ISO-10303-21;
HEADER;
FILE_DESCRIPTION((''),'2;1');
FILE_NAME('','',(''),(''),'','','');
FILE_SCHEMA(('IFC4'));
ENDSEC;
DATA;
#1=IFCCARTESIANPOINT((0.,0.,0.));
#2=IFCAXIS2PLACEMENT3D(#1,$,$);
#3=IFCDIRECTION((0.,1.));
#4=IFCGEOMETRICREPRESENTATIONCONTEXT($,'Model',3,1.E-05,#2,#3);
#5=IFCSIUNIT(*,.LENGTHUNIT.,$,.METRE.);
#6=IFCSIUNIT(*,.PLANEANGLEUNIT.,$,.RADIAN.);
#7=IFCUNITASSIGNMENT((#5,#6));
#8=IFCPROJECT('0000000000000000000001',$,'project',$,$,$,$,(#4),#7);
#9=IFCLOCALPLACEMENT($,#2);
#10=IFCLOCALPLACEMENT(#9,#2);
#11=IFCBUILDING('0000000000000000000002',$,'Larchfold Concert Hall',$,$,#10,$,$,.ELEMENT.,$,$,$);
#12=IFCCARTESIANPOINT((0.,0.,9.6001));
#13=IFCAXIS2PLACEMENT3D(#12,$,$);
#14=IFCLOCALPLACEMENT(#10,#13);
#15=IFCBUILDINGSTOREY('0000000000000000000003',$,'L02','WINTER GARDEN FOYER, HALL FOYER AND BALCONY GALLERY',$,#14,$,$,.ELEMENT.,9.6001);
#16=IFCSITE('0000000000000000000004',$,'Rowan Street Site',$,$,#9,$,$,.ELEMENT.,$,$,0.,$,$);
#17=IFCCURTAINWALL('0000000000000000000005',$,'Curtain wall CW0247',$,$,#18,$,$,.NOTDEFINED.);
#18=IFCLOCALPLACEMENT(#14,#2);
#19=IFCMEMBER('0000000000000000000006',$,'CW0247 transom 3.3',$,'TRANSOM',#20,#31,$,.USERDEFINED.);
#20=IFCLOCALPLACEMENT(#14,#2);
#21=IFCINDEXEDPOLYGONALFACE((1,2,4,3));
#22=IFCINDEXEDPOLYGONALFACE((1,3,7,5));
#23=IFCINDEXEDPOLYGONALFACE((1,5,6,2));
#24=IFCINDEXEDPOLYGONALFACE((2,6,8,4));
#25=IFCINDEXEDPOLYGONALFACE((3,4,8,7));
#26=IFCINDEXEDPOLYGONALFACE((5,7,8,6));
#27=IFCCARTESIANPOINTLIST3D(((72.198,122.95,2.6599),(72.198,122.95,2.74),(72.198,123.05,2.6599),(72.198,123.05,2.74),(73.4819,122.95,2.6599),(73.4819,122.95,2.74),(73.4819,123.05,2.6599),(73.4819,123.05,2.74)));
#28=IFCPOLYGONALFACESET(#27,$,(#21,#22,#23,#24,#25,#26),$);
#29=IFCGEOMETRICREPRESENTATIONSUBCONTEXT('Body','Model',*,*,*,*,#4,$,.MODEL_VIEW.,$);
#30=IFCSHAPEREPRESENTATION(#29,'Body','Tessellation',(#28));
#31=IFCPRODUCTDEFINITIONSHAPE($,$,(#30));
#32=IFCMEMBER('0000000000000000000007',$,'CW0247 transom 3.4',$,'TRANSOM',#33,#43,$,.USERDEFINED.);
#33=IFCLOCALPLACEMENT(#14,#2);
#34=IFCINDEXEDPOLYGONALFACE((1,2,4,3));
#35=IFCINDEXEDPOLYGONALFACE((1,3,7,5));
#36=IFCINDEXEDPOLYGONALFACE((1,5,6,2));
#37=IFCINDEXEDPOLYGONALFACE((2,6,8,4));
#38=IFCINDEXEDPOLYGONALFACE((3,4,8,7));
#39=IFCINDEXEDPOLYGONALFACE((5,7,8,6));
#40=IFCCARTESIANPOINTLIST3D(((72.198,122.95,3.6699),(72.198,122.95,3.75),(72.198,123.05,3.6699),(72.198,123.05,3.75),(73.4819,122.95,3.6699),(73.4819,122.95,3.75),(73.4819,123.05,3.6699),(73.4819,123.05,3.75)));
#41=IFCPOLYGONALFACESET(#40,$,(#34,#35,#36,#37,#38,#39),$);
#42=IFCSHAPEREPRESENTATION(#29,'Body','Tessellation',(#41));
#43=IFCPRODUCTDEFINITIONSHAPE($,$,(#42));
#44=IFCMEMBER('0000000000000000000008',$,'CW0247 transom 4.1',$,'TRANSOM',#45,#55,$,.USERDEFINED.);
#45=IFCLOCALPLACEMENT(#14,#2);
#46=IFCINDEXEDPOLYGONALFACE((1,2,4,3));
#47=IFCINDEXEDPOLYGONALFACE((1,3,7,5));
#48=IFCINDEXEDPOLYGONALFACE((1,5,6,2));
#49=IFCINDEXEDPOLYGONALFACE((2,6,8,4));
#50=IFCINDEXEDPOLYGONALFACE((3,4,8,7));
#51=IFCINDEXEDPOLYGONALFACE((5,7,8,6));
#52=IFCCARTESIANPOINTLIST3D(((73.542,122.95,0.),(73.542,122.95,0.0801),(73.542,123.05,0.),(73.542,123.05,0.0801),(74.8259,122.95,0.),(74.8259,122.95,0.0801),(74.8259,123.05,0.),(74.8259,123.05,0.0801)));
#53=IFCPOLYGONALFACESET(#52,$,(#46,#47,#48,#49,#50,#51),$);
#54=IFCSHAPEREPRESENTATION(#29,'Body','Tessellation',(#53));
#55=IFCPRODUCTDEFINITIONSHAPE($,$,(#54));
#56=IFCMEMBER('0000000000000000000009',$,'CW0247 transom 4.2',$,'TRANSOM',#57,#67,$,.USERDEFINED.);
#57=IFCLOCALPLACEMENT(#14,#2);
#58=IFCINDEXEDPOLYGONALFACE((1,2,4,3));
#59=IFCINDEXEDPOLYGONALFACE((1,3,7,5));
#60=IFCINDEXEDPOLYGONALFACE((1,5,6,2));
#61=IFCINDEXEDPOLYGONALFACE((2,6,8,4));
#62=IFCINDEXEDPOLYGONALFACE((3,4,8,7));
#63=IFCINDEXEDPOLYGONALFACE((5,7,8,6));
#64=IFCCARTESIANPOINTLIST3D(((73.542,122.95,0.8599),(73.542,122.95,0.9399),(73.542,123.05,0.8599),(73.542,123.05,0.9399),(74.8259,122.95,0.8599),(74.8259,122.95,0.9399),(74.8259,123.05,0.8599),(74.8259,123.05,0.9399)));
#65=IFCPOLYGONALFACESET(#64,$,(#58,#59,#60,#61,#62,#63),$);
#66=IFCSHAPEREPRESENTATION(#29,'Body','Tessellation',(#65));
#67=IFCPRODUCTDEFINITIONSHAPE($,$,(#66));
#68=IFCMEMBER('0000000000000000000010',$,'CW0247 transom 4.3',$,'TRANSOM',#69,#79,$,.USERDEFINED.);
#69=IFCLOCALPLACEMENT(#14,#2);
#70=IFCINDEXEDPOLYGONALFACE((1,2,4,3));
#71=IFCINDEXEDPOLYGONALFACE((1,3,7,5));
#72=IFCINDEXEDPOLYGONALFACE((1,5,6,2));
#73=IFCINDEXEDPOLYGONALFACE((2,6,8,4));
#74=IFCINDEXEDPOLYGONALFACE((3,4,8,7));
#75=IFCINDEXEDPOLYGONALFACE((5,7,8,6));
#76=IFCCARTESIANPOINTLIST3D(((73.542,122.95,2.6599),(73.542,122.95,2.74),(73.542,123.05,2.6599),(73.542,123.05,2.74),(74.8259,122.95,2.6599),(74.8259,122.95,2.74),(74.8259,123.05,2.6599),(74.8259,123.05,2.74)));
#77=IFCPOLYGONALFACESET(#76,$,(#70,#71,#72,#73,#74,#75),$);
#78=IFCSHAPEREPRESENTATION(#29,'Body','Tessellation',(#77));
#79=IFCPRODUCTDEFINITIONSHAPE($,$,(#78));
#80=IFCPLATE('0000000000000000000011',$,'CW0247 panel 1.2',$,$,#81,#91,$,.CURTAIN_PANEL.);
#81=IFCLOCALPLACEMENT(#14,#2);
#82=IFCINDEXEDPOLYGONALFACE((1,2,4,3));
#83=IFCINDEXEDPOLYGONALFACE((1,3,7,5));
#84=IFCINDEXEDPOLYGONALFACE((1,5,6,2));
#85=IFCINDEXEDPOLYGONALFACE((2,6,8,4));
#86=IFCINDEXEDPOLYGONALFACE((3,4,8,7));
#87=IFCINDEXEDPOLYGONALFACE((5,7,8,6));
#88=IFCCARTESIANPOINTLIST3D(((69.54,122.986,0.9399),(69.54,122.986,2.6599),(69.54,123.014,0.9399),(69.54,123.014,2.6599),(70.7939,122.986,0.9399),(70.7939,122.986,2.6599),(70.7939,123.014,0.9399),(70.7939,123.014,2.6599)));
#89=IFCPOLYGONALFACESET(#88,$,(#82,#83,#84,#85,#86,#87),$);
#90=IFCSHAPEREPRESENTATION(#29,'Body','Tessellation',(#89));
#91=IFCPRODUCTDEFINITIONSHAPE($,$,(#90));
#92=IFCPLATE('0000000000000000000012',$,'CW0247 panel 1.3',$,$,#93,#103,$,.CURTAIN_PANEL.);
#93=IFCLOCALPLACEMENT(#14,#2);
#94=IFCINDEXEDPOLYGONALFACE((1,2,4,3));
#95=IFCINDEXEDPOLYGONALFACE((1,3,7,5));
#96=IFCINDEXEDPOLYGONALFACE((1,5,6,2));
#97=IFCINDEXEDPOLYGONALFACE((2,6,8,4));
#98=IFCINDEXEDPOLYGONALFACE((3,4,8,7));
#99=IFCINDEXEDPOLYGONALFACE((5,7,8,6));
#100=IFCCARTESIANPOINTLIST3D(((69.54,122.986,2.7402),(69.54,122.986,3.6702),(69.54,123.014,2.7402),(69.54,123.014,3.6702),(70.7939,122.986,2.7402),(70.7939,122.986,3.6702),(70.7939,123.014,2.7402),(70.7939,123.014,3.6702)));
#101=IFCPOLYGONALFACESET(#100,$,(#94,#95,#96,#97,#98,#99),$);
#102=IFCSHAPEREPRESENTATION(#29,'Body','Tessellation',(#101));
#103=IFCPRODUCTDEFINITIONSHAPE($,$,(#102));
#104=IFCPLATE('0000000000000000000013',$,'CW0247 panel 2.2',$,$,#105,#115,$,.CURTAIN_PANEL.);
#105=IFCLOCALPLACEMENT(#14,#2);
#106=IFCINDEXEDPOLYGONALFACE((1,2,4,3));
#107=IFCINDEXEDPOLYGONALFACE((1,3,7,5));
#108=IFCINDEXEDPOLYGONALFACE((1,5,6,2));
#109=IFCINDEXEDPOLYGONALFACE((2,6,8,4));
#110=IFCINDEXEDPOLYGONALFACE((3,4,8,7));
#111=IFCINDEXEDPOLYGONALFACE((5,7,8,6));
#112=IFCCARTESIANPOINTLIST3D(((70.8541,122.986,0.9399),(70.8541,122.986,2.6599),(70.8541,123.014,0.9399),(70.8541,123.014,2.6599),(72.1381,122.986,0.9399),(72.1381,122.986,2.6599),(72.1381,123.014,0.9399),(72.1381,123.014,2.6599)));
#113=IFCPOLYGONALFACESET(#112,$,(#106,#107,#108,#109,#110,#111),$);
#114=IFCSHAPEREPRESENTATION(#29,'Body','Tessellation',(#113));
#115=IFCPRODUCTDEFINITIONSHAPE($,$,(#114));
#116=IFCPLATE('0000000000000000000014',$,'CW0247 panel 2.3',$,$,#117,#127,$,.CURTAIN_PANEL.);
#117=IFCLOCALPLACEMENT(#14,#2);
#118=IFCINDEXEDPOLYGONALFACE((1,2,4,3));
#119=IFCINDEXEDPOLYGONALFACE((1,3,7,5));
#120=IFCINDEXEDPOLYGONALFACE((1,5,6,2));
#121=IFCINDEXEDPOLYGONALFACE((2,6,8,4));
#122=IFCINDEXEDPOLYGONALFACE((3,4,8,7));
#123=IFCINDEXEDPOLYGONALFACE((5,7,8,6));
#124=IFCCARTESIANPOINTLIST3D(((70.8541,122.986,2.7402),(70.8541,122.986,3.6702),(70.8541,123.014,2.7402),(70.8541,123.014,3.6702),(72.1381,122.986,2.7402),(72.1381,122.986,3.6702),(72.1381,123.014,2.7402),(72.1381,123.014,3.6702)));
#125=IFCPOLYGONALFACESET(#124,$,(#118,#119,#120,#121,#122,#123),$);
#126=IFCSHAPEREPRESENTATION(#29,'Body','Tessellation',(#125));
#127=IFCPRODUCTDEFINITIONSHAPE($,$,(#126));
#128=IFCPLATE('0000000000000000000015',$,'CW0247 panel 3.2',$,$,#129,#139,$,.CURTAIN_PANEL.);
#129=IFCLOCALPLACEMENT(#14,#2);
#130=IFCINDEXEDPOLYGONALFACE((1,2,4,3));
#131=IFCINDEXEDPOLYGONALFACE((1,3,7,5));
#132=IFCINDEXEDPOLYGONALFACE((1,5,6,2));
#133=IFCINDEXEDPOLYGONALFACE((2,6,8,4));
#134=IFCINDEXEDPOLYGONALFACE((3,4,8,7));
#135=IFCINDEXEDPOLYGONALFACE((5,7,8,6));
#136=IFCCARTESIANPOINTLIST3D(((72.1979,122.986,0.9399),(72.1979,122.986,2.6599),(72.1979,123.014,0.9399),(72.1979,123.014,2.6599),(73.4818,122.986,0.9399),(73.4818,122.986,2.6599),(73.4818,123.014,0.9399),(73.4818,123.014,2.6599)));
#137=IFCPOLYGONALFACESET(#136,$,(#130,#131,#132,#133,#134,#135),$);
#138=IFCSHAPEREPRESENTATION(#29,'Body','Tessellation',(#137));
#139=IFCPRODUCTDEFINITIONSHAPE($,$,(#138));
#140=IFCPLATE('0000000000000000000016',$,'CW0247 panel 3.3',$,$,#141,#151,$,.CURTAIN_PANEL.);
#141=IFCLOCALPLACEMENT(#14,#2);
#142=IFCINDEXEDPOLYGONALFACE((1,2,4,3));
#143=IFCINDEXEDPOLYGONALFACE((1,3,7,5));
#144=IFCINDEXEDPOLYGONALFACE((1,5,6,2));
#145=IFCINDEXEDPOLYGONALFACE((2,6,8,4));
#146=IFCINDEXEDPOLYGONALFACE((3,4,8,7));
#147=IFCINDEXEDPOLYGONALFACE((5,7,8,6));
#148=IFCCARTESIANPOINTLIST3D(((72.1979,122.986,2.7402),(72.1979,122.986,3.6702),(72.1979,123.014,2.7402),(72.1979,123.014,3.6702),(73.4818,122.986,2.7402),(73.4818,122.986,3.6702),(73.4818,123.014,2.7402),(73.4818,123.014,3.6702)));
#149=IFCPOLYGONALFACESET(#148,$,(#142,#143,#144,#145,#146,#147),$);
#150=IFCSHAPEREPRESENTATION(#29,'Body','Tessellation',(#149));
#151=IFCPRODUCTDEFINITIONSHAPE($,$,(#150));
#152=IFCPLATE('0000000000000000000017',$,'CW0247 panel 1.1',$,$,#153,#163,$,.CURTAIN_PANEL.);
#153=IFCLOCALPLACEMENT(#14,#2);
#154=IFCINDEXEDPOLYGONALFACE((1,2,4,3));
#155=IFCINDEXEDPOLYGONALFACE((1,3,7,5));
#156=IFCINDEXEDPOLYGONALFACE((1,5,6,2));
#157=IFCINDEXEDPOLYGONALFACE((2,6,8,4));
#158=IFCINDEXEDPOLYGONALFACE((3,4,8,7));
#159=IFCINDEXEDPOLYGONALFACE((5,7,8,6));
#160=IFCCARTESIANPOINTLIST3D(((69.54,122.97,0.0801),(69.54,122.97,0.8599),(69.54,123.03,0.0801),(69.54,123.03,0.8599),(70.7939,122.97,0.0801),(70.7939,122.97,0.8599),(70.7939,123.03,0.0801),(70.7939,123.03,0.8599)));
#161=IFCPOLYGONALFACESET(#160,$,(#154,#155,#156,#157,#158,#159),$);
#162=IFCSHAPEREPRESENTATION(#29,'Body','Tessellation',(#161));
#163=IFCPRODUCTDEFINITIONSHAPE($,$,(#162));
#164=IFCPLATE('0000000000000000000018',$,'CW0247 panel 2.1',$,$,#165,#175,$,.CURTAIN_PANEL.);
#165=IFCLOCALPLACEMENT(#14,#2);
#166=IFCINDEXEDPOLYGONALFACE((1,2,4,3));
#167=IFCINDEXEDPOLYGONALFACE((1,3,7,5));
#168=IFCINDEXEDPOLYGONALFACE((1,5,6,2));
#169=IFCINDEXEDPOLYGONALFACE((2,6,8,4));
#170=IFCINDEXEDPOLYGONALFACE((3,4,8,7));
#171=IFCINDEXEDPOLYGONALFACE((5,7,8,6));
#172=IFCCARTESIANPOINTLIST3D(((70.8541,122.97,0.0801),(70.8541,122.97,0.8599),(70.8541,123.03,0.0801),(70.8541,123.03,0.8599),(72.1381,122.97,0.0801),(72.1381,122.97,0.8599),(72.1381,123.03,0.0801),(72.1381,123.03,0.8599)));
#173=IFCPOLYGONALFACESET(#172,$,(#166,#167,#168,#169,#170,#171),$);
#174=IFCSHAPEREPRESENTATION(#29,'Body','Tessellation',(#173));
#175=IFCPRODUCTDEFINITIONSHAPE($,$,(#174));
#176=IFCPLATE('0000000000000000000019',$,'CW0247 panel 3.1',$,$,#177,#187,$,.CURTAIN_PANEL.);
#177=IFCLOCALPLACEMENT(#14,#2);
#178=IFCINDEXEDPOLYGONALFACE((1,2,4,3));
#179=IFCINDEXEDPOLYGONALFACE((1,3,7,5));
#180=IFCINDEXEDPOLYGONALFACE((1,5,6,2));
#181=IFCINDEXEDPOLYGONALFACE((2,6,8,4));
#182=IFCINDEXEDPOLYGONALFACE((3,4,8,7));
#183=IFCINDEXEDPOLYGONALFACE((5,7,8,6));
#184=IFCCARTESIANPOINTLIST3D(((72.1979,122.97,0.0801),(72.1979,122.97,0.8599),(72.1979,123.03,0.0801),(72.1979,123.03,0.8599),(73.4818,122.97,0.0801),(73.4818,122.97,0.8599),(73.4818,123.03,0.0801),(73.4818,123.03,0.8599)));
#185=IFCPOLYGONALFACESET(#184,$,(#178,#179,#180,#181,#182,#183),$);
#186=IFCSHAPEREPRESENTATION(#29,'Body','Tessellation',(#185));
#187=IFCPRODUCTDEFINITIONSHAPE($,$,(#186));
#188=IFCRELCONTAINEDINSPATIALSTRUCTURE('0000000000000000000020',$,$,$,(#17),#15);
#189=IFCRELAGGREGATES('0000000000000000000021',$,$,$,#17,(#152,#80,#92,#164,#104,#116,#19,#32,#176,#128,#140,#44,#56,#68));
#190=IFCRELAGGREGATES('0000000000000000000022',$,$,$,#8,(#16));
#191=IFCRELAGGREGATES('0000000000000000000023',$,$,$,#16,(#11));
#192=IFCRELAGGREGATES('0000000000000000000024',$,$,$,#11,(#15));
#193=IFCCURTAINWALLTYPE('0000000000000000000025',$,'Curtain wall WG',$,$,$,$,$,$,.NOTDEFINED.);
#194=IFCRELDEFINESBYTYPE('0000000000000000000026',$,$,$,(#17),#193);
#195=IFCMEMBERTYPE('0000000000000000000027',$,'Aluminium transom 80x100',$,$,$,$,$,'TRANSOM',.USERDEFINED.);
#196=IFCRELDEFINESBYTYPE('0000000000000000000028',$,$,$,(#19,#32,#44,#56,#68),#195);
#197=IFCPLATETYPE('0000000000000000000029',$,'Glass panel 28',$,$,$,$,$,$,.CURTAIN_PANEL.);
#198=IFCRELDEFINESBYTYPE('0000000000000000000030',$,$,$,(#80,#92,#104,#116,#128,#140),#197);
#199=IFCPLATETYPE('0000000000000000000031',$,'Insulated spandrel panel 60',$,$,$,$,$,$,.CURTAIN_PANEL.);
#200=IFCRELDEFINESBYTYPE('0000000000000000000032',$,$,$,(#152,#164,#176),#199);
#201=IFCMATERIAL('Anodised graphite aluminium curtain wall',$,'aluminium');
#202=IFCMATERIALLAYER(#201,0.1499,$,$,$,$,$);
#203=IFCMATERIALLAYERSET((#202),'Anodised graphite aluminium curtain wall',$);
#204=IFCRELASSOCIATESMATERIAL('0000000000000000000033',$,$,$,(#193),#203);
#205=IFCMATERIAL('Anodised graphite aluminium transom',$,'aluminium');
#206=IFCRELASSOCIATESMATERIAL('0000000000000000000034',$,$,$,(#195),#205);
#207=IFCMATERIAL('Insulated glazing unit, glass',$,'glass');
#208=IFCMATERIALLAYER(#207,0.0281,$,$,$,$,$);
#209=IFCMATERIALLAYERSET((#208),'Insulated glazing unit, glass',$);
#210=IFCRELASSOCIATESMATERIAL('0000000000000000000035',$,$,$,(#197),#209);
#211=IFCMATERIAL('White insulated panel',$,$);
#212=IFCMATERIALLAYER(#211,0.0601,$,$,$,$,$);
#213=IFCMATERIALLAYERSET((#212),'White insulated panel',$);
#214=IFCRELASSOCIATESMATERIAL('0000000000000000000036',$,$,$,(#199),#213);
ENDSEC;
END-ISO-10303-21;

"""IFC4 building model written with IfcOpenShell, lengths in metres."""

from ifc_helpers import new_model, si_unit, direction, frame, origin, origin_2d, place, context, subcontext, project, spatial, rectangle, extrude, material, layer, layer_set, material_profile, profile_set, type_object, element, aggregate, save


model = new_model("IFC4")

# Units and contexts
model_context = context("Model", 3, precision=1e-05, world=origin(), true_north=direction((0.0, 1.0)))
body_context = subcontext(model_context, "Body", "Model", "MODEL_VIEW")
ifc_project = project(units=[si_unit("LENGTHUNIT", "METRE"), si_unit("PLANEANGLEUNIT", "RADIAN")], contexts=[model_context])

# Site, building, storey
site_placement = place(None, origin())
site = spatial("IfcSite", under=ifc_project, at=site_placement, Name="Rowan Street Site", CompositionType="ELEMENT", RefElevation=0.0)
building_placement = place(site_placement, origin())
building = spatial("IfcBuilding", under=site, at=building_placement, Name="Larchfold Concert Hall", CompositionType="ELEMENT")
storey_placement = place(building_placement, frame((0.0, 0.0, 9.6001)))
storey = spatial("IfcBuildingStorey", under=building, at=storey_placement, Name="L02", Description="WINTER GARDEN FOYER, HALL FOYER AND BALCONY GALLERY", CompositionType="ELEMENT", Elevation=9.6001)

# Shared definitions
ifc_material_1 = material(Name="Anodised graphite aluminium curtain wall", Category="aluminium")
ifc_layer_1 = layer(ifc_material_1, 0.1499)
ifc_layer_set_1 = layer_set([ifc_layer_1], Name="Anodised graphite aluminium curtain wall")
curtain_wall_type = type_object("IfcCurtainWallType", Name="Curtain wall WG", PredefinedType="NOTDEFINED", material=ifc_layer_set_1)

# Curtain wall, members, plates
curtain_wall_1_placement = place(storey_placement, origin())
curtain_wall_1 = element("IfcCurtainWall", 1, at=curtain_wall_1_placement, inside=storey, type_object=curtain_wall_type, Name="Curtain wall CW0247", PredefinedType="NOTDEFINED")
ifc_material_2 = material(Name="Anodised graphite aluminium transom", Category="aluminium")
ifc_material_profile_1 = material_profile(ifc_material_2, rectangle(XDim=0.1001, YDim=0.0801, at=origin_2d()))
ifc_profile_set_1 = profile_set([ifc_material_profile_1], Name="Anodised graphite aluminium transom")
member_type_1 = type_object("IfcMemberType", Name="Aluminium transom 80x100", ElementType="TRANSOM", PredefinedType="USERDEFINED", material=ifc_profile_set_1)
member_1_placement = place(storey_placement, frame((72.198, 123.0, 2.7), z_axis=(1.0, 0.0, 0.0), x_axis=(0.0, 1.0, 0.0)))
member_1 = element("IfcMember", 2, at=member_1_placement, type_object=member_type_1, Name="CW0247 transom 3.3", ObjectType="TRANSOM", PredefinedType="USERDEFINED", context=body_context, shape_type="SweptSolid", body=[
    extrude(rectangle(XDim=0.1001, YDim=0.0801, at=origin_2d()), origin(), (0.0, 0.0, 1.0), 1.2839),
])
member_2_placement = place(storey_placement, frame((72.198, 123.0, 3.71), z_axis=(1.0, 0.0, 0.0), x_axis=(0.0, 1.0, 0.0)))
member_2 = element("IfcMember", 3, at=member_2_placement, type_object=member_type_1, Name="CW0247 transom 3.4", ObjectType="TRANSOM", PredefinedType="USERDEFINED", context=body_context, shape_type="SweptSolid", body=[
    extrude(rectangle(XDim=0.1001, YDim=0.0801, at=origin_2d()), origin(), (0.0, 0.0, 1.0), 1.2839),
])
member_3_placement = place(storey_placement, frame((73.542, 123.0, 0.04), z_axis=(1.0, 0.0, 0.0), x_axis=(0.0, 1.0, 0.0)))
member_3 = element("IfcMember", 4, at=member_3_placement, type_object=member_type_1, Name="CW0247 transom 4.1", ObjectType="TRANSOM", PredefinedType="USERDEFINED", context=body_context, shape_type="SweptSolid", body=[
    extrude(rectangle(XDim=0.1001, YDim=0.0801, at=origin_2d()), origin(), (0.0, 0.0, 1.0), 1.2839),
])
member_4_placement = place(storey_placement, frame((73.542, 123.0, 0.8999), z_axis=(1.0, 0.0, 0.0), x_axis=(0.0, 1.0, 0.0)))
member_4 = element("IfcMember", 5, at=member_4_placement, type_object=member_type_1, Name="CW0247 transom 4.2", ObjectType="TRANSOM", PredefinedType="USERDEFINED", context=body_context, shape_type="SweptSolid", body=[
    extrude(rectangle(XDim=0.1001, YDim=0.0801, at=origin_2d()), origin(), (0.0, 0.0, 1.0), 1.2839),
])
member_5_placement = place(storey_placement, frame((73.542, 123.0, 2.7), z_axis=(1.0, 0.0, 0.0), x_axis=(0.0, 1.0, 0.0)))
member_5 = element("IfcMember", 6, at=member_5_placement, type_object=member_type_1, Name="CW0247 transom 4.3", ObjectType="TRANSOM", PredefinedType="USERDEFINED", context=body_context, shape_type="SweptSolid", body=[
    extrude(rectangle(XDim=0.1001, YDim=0.0801, at=origin_2d()), origin(), (0.0, 0.0, 1.0), 1.2839),
])
ifc_material_3 = material(Name="Insulated glazing unit, glass", Category="glass")
ifc_layer_2 = layer(ifc_material_3, 0.0281)
ifc_layer_set_2 = layer_set([ifc_layer_2], Name="Insulated glazing unit, glass")
plate_type_1 = type_object("IfcPlateType", Name="Glass panel 28", PredefinedType="CURTAIN_PANEL", material=ifc_layer_set_2)
plate_1_placement = place(storey_placement, frame((70.167, 123.0, 0.9399), z_axis=(0.0, 0.0, 1.0), x_axis=(1.0, 0.0, 0.0)))
plate_1 = element("IfcPlate", 7, at=plate_1_placement, type_object=plate_type_1, Name="CW0247 panel 1.2", PredefinedType="CURTAIN_PANEL", context=body_context, shape_type="SweptSolid", body=[
    extrude(rectangle(XDim=1.2539, YDim=0.0281, at=origin_2d()), origin(), (0.0, 0.0, 1.0), 1.72),
])
plate_2_placement = place(storey_placement, frame((70.167, 123.0, 2.7402), z_axis=(0.0, 0.0, 1.0), x_axis=(1.0, 0.0, 0.0)))
plate_2 = element("IfcPlate", 8, at=plate_2_placement, type_object=plate_type_1, Name="CW0247 panel 1.3", PredefinedType="CURTAIN_PANEL", context=body_context, shape_type="SweptSolid", body=[
    extrude(rectangle(XDim=1.2539, YDim=0.0281, at=origin_2d()), origin(), (0.0, 0.0, 1.0), 0.9299),
])
plate_3_placement = place(storey_placement, frame((71.4961, 123.0, 0.9399), z_axis=(0.0, 0.0, 1.0), x_axis=(1.0, 0.0, 0.0)))
plate_3 = element("IfcPlate", 9, at=plate_3_placement, type_object=plate_type_1, Name="CW0247 panel 2.2", PredefinedType="CURTAIN_PANEL", context=body_context, shape_type="SweptSolid", body=[
    extrude(rectangle(XDim=1.2839, YDim=0.0281, at=origin_2d()), origin(), (0.0, 0.0, 1.0), 1.72),
])
plate_4_placement = place(storey_placement, frame((71.4961, 123.0, 2.7402), z_axis=(0.0, 0.0, 1.0), x_axis=(1.0, 0.0, 0.0)))
plate_4 = element("IfcPlate", 10, at=plate_4_placement, type_object=plate_type_1, Name="CW0247 panel 2.3", PredefinedType="CURTAIN_PANEL", context=body_context, shape_type="SweptSolid", body=[
    extrude(rectangle(XDim=1.2839, YDim=0.0281, at=origin_2d()), origin(), (0.0, 0.0, 1.0), 0.9299),
])
plate_5_placement = place(storey_placement, frame((72.8398, 123.0, 0.9399), z_axis=(0.0, 0.0, 1.0), x_axis=(1.0, 0.0, 0.0)))
plate_5 = element("IfcPlate", 11, at=plate_5_placement, type_object=plate_type_1, Name="CW0247 panel 3.2", PredefinedType="CURTAIN_PANEL", context=body_context, shape_type="SweptSolid", body=[
    extrude(rectangle(XDim=1.2839, YDim=0.0281, at=origin_2d()), origin(), (0.0, 0.0, 1.0), 1.72),
])
plate_6_placement = place(storey_placement, frame((72.8398, 123.0, 2.7402), z_axis=(0.0, 0.0, 1.0), x_axis=(1.0, 0.0, 0.0)))
plate_6 = element("IfcPlate", 12, at=plate_6_placement, type_object=plate_type_1, Name="CW0247 panel 3.3", PredefinedType="CURTAIN_PANEL", context=body_context, shape_type="SweptSolid", body=[
    extrude(rectangle(XDim=1.2839, YDim=0.0281, at=origin_2d()), origin(), (0.0, 0.0, 1.0), 0.9299),
])
ifc_material_4 = material(Name="White insulated panel")
ifc_layer_3 = layer(ifc_material_4, 0.0601)
ifc_layer_set_3 = layer_set([ifc_layer_3], Name="White insulated panel")
plate_type_2 = type_object("IfcPlateType", Name="Insulated spandrel panel 60", PredefinedType="CURTAIN_PANEL", material=ifc_layer_set_3)
plate_7_placement = place(storey_placement, frame((70.167, 123.0, 0.0801), z_axis=(0.0, 0.0, 1.0), x_axis=(1.0, 0.0, 0.0)))
plate_7 = element("IfcPlate", 13, at=plate_7_placement, type_object=plate_type_2, Name="CW0247 panel 1.1", PredefinedType="CURTAIN_PANEL", context=body_context, shape_type="SweptSolid", body=[
    extrude(rectangle(XDim=1.2539, YDim=0.0601, at=origin_2d()), origin(), (0.0, 0.0, 1.0), 0.7798),
])
plate_8_placement = place(storey_placement, frame((71.4961, 123.0, 0.0801), z_axis=(0.0, 0.0, 1.0), x_axis=(1.0, 0.0, 0.0)))
plate_8 = element("IfcPlate", 14, at=plate_8_placement, type_object=plate_type_2, Name="CW0247 panel 2.1", PredefinedType="CURTAIN_PANEL", context=body_context, shape_type="SweptSolid", body=[
    extrude(rectangle(XDim=1.2839, YDim=0.0601, at=origin_2d()), origin(), (0.0, 0.0, 1.0), 0.7798),
])
plate_9_placement = place(storey_placement, frame((72.8398, 123.0, 0.0801), z_axis=(0.0, 0.0, 1.0), x_axis=(1.0, 0.0, 0.0)))
plate_9 = element("IfcPlate", 15, at=plate_9_placement, type_object=plate_type_2, Name="CW0247 panel 3.1", PredefinedType="CURTAIN_PANEL", context=body_context, shape_type="SweptSolid", body=[
    extrude(rectangle(XDim=1.2839, YDim=0.0601, at=origin_2d()), origin(), (0.0, 0.0, 1.0), 0.7798),
])
aggregate(curtain_wall_1, [plate_7, plate_1, plate_2, plate_8, plate_3, plate_4, member_1, member_2, plate_9, plate_5, plate_6, member_3, member_4, member_5])

save(model, "model.ifc")
